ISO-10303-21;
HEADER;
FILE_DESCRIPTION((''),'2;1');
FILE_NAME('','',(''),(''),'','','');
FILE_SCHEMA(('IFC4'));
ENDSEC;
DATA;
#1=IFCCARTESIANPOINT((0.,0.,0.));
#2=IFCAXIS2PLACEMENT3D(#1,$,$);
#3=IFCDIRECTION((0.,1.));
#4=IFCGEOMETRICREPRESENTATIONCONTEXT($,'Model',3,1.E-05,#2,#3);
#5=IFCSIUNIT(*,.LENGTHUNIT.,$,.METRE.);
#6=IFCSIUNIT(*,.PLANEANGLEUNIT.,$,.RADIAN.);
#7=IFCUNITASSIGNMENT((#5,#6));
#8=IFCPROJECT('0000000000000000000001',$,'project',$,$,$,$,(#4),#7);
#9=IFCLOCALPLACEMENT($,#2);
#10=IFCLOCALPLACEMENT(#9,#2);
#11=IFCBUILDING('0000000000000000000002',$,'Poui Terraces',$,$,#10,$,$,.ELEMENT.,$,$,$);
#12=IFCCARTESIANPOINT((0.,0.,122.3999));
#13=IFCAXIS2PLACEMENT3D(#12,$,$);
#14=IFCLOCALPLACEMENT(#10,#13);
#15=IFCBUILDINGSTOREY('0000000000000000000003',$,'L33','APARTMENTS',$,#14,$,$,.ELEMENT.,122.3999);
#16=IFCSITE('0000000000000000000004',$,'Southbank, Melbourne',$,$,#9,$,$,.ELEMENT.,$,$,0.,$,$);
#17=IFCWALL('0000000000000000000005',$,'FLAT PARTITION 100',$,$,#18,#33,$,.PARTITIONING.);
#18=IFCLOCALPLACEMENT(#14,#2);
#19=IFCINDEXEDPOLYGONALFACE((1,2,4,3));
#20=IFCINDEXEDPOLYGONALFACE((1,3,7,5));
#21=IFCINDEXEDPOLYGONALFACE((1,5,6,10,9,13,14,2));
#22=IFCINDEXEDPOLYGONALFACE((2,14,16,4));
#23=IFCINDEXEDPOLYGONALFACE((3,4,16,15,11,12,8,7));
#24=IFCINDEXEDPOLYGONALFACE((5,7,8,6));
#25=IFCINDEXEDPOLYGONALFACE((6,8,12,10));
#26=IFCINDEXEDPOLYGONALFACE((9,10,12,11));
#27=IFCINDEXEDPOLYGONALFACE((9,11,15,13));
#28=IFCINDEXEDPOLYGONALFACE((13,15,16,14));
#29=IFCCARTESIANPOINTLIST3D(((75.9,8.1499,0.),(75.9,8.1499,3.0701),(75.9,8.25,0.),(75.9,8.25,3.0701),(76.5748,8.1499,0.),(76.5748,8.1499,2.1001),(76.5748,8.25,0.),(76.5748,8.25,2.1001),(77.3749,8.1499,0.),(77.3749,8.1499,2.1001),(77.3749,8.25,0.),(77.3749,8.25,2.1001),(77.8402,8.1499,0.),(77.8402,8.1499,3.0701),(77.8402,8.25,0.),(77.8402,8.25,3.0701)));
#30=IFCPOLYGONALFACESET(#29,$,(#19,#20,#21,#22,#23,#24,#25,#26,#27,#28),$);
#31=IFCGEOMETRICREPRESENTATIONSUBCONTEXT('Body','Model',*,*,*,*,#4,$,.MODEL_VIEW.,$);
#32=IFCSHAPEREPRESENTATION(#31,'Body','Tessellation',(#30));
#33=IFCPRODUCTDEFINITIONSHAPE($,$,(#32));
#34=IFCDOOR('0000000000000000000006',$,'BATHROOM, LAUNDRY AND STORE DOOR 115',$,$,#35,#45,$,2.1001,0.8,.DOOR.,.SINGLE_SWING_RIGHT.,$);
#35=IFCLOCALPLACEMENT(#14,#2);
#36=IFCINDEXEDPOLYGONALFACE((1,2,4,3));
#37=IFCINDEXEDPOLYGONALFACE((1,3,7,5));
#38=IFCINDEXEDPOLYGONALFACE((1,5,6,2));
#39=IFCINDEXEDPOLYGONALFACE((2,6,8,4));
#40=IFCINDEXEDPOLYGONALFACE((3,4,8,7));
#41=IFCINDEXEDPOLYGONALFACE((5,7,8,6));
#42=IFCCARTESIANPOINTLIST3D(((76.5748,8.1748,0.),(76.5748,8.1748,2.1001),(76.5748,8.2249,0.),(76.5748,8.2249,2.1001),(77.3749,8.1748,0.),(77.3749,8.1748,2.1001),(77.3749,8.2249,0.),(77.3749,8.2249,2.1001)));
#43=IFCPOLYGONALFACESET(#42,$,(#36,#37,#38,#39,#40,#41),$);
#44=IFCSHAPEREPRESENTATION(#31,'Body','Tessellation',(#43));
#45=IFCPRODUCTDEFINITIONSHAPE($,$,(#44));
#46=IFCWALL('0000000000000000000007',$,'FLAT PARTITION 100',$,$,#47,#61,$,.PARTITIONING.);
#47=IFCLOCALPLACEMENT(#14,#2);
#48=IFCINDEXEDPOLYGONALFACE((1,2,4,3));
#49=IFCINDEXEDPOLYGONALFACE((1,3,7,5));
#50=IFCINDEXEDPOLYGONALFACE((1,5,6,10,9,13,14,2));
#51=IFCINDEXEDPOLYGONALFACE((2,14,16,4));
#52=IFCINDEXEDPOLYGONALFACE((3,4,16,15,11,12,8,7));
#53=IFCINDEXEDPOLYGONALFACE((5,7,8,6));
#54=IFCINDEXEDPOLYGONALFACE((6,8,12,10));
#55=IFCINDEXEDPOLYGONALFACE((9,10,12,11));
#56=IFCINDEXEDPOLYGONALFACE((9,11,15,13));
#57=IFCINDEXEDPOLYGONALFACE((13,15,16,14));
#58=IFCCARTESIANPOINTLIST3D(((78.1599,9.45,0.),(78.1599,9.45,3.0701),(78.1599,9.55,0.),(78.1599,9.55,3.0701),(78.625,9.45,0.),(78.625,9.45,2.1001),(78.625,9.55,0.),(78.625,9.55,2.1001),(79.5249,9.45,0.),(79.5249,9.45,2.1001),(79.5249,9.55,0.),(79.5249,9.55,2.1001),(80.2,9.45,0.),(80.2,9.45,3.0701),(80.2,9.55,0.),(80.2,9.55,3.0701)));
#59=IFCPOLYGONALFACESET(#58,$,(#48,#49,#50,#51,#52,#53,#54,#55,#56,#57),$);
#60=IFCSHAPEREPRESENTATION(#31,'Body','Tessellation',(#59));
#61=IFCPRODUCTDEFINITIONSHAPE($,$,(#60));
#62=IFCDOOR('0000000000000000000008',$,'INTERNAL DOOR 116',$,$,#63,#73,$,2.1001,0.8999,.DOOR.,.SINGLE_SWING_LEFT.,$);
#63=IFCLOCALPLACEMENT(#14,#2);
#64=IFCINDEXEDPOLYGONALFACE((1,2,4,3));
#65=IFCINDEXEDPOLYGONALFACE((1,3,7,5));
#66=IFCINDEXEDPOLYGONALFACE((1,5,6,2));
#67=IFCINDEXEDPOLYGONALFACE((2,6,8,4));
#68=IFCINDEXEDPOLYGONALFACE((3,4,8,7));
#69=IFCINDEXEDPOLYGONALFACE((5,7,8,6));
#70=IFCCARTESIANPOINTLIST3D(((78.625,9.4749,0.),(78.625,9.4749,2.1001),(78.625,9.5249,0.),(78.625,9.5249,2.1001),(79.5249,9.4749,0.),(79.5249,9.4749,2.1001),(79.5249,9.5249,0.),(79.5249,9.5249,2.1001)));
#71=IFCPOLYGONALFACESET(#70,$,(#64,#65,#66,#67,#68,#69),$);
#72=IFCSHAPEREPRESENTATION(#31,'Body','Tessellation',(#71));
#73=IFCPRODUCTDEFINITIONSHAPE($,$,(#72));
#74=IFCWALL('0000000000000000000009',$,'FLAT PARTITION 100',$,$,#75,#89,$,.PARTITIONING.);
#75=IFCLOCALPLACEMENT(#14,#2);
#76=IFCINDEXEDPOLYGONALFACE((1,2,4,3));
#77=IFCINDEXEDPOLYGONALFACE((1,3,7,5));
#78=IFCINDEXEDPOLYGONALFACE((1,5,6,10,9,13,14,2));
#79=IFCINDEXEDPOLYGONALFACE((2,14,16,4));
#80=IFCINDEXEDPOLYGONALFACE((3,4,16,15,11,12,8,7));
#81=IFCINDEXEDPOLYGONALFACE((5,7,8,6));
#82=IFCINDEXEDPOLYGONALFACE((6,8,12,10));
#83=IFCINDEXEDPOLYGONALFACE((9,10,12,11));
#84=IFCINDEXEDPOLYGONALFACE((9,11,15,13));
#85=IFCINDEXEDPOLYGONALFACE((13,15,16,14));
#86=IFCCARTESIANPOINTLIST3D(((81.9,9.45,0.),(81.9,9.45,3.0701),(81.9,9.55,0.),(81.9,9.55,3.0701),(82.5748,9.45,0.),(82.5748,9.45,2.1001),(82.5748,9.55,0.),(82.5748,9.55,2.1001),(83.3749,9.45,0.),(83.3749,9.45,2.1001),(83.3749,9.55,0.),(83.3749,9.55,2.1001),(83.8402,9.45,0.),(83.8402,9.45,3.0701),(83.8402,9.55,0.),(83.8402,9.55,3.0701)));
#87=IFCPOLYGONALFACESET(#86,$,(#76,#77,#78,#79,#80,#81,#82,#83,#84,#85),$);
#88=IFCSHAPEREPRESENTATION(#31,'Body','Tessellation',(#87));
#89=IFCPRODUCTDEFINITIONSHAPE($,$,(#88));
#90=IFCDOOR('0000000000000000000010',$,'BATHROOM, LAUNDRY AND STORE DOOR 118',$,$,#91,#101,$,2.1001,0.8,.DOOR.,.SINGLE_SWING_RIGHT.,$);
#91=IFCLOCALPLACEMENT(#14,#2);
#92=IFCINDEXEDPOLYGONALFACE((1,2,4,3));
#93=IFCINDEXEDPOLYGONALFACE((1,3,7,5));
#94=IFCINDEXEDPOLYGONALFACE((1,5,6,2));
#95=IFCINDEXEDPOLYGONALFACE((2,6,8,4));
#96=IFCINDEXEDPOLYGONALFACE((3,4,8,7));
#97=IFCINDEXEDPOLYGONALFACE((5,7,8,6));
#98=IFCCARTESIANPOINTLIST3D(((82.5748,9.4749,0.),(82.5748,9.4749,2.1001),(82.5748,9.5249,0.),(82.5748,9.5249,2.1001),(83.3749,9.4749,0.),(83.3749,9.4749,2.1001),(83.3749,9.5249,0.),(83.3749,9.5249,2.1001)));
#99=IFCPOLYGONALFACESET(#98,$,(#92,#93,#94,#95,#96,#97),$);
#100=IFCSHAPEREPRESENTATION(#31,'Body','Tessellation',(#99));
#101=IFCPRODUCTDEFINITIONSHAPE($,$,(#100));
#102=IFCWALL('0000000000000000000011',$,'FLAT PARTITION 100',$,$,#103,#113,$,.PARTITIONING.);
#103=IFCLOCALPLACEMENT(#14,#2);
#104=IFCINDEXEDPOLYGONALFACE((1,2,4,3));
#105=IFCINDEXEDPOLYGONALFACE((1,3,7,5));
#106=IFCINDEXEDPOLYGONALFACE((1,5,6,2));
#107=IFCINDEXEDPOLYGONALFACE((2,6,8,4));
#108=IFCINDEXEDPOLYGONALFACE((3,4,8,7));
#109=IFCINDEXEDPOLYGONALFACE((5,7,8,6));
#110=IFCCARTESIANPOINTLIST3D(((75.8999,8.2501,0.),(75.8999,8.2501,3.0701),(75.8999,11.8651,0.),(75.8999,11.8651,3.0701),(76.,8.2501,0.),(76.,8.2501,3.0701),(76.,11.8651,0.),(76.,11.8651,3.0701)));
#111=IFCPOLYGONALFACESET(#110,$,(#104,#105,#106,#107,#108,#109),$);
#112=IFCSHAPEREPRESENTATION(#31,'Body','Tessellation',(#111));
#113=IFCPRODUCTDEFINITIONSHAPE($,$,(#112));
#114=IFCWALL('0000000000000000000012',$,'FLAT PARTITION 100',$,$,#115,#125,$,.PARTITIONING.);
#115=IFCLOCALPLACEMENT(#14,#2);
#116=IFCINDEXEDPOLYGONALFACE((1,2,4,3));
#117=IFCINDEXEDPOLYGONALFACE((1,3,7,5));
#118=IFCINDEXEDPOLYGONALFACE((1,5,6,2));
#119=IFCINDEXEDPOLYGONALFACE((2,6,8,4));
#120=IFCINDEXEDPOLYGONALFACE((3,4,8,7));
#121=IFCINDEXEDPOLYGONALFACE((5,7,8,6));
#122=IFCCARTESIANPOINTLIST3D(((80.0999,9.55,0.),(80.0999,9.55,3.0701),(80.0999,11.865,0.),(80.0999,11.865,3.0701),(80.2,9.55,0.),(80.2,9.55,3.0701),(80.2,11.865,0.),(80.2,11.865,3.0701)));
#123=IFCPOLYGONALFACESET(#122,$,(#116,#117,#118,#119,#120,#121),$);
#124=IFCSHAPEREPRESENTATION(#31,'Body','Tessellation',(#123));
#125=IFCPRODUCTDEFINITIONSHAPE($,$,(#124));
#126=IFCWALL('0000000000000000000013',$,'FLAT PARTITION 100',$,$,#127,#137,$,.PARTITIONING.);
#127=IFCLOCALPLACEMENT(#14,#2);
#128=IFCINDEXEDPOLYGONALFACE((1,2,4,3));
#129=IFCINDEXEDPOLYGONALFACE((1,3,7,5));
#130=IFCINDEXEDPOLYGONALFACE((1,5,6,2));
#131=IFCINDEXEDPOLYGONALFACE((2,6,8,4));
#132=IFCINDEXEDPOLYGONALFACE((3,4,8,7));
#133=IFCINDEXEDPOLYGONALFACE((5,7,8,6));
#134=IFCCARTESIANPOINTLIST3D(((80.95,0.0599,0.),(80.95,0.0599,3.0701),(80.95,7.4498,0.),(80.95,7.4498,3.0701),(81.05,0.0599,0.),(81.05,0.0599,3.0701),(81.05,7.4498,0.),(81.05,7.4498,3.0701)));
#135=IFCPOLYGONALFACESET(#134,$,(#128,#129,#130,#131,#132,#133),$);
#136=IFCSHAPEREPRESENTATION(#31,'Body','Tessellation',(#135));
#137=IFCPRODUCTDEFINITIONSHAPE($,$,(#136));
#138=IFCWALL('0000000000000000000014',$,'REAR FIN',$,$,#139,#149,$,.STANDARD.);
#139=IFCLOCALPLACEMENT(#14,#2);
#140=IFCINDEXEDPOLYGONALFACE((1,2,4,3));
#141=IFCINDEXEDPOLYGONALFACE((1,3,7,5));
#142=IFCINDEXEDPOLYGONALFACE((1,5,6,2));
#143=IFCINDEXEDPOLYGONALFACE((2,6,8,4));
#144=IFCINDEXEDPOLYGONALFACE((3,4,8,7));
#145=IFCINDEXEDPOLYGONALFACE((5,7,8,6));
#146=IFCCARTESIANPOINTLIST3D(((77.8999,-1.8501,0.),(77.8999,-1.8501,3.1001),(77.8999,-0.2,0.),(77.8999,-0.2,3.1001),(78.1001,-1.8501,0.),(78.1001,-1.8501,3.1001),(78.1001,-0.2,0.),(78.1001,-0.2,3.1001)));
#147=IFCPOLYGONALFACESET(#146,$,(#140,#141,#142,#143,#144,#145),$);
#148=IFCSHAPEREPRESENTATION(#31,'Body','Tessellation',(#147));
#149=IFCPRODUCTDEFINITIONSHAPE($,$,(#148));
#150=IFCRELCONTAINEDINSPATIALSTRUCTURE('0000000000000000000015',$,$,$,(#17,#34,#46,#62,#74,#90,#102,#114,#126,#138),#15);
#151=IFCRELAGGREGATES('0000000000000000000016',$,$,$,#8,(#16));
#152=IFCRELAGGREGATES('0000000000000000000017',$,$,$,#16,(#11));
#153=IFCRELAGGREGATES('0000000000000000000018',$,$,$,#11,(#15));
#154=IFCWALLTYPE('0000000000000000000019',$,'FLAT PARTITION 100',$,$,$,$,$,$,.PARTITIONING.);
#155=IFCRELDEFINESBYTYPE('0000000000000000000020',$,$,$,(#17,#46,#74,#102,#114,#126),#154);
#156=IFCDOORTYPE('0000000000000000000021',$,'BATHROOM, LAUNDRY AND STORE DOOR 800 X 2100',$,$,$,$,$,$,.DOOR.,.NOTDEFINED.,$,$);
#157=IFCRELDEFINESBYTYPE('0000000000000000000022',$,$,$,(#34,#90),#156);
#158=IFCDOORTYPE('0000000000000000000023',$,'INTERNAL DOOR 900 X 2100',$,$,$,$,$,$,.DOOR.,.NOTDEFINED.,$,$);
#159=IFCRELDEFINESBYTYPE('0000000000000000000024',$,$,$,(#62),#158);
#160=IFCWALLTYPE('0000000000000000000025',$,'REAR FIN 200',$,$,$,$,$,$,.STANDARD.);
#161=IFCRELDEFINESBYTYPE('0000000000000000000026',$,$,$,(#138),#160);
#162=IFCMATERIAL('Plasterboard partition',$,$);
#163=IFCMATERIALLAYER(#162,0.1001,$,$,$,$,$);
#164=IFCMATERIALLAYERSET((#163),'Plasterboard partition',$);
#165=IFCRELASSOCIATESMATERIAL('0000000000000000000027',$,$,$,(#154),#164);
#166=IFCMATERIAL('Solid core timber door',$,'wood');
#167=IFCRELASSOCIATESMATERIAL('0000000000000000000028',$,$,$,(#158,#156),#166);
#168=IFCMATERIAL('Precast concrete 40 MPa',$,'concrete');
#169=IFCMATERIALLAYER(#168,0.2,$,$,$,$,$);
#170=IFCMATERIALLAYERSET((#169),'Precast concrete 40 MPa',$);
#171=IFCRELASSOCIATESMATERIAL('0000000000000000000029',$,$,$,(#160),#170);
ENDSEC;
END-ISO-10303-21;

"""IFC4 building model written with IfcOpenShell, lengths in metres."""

from ifc_helpers import new_model, si_unit, direction, frame, frame_2d, origin, place, context, subcontext, project, spatial, polyline, rectangle, outline, extrude, source, transform, mapped, material, layer, layer_set, type_object, element, fill, save


model = new_model("IFC4")

# Units and contexts
model_context = context("Model", 3, precision=1e-05, world=origin(), true_north=direction((0.0, 1.0)))
body_context = subcontext(model_context, "Body", "Model", "MODEL_VIEW")
ifc_project = project(units=[si_unit("LENGTHUNIT", "METRE"), si_unit("PLANEANGLEUNIT", "RADIAN")], contexts=[model_context])

# Site, building, storey
site_placement = place(None, origin())
site = spatial("IfcSite", under=ifc_project, at=site_placement, Name="Southbank, Melbourne", CompositionType="ELEMENT", RefElevation=0.0)
building_placement = place(site_placement, origin())
building = spatial("IfcBuilding", under=site, at=building_placement, Name="Poui Terraces", CompositionType="ELEMENT")
storey_placement = place(building_placement, frame((0.0, 0.0, 122.3999)))
storey = spatial("IfcBuildingStorey", under=building, at=storey_placement, Name="L33", Description="APARTMENTS", CompositionType="ELEMENT", Elevation=122.3999)

# Walls, openings, doors
ifc_material_1 = material(Name="Plasterboard partition")
ifc_layer_1 = layer(ifc_material_1, 0.1001)
ifc_layer_set_1 = layer_set([ifc_layer_1], Name="Plasterboard partition")
wall_type_1 = type_object("IfcWallType", Name="FLAT PARTITION 100", PredefinedType="PARTITIONING", material=ifc_layer_set_1)
ifc_material_2 = material(Name="Solid core timber door", Category="wood")
door_type_1 = type_object("IfcDoorType", Name="INTERNAL DOOR 900 X 2100", OperationType="NOTDEFINED", PredefinedType="DOOR", material=ifc_material_2)
wall_1_placement = place(storey_placement, frame((75.8999, 8.2, 0.0), z_axis=(0.0, 0.0, 1.0), x_axis=(1.0, 0.0, 0.0)))
wall_1 = element("IfcWall", 1, at=wall_1_placement, inside=storey, type_object=wall_type_1, Name="FLAT PARTITION 100", PredefinedType="PARTITIONING", context=body_context, shape_type="SweptSolid", body=[
    extrude(rectangle(XDim=1.9402, YDim=0.1001, at=frame_2d((0.9702, 0.0))), origin(), (0.0, 0.0, 1.0), 3.0701),
])
opening_1_placement = place(wall_1_placement, frame((0.675, 0.0, 0.0)))
opening_1 = element("IfcOpeningElement", 2, at=opening_1_placement, cuts=wall_1, PredefinedType="OPENING", context=body_context, shape_type="SweptSolid", body=[
    extrude(rectangle(XDim=0.8, YDim=2.1001, at=frame_2d((0.3999, 1.05))), frame((0.0, 0.0601, 0.0), z_axis=(0.0, -1.0, 0.0), x_axis=(1.0, 0.0, 0.0)), (0.0, 0.0, 1.0), 0.1201),
])
door_type_2 = type_object("IfcDoorType", Name="BATHROOM, LAUNDRY AND STORE DOOR 800 X 2100", OperationType="NOTDEFINED", PredefinedType="DOOR", material=ifc_material_2)
door_1_placement = place(opening_1_placement, origin())
door_1 = element("IfcDoor", 3, at=door_1_placement, inside=storey, type_object=door_type_2, Name="BATHROOM, LAUNDRY AND STORE DOOR 115", OperationType="SINGLE_SWING_RIGHT", OverallHeight=2.1001, OverallWidth=0.8, PredefinedType="DOOR", context=body_context, shape_type="SweptSolid", body=[
    extrude(rectangle(XDim=0.8, YDim=2.1001, at=frame_2d((0.3999, 1.05))), frame((0.0, 0.0249, 0.0), z_axis=(0.0, -1.0, 0.0), x_axis=(1.0, 0.0, 0.0)), (0.0, 0.0, 1.0), 0.05),
])
fill(opening_1, door_1)
wall_2_placement = place(storey_placement, frame((78.1599, 9.5, 0.0), z_axis=(0.0, 0.0, 1.0), x_axis=(1.0, 0.0, 0.0)))
wall_2 = element("IfcWall", 4, at=wall_2_placement, inside=storey, type_object=wall_type_1, Name="FLAT PARTITION 100", PredefinedType="PARTITIONING", context=body_context, shape_type="SweptSolid", body=[
    extrude(rectangle(XDim=2.04, YDim=0.1001, at=frame_2d((1.02, 0.0))), origin(), (0.0, 0.0, 1.0), 3.0701),
])
opening_2_placement = place(wall_2_placement, frame((0.4651, 0.0, 0.0)))
opening_2 = element("IfcOpeningElement", 5, at=opening_2_placement, cuts=wall_2, PredefinedType="OPENING", context=body_context, shape_type="SweptSolid", body=[
    extrude(rectangle(XDim=0.8999, YDim=2.1001, at=frame_2d((0.45, 1.05))), frame((0.0, 0.0601, 0.0), z_axis=(0.0, -1.0, 0.0), x_axis=(1.0, 0.0, 0.0)), (0.0, 0.0, 1.0), 0.1201),
])
door_2_placement = place(opening_2_placement, origin())
door_2 = element("IfcDoor", 6, at=door_2_placement, inside=storey, type_object=door_type_1, Name="INTERNAL DOOR 116", OperationType="SINGLE_SWING_LEFT", OverallHeight=2.1001, OverallWidth=0.8999, PredefinedType="DOOR", context=body_context, shape_type="SweptSolid", body=[
    extrude(rectangle(XDim=0.8999, YDim=2.1001, at=frame_2d((0.45, 1.05))), frame((0.0, 0.0249, 0.0), z_axis=(0.0, -1.0, 0.0), x_axis=(1.0, 0.0, 0.0)), (0.0, 0.0, 1.0), 0.05),
])
fill(opening_2, door_2)
wall_3_placement = place(storey_placement, frame((81.8999, 9.5, 0.0), z_axis=(0.0, 0.0, 1.0), x_axis=(1.0, 0.0, 0.0)))
wall_3 = element("IfcWall", 7, at=wall_3_placement, inside=storey, type_object=wall_type_1, Name="FLAT PARTITION 100", PredefinedType="PARTITIONING", context=body_context, shape_type="SweptSolid", body=[
    extrude(rectangle(XDim=1.9402, YDim=0.1001, at=frame_2d((0.9702, 0.0))), origin(), (0.0, 0.0, 1.0), 3.0701),
])
opening_3_placement = place(wall_3_placement, frame((0.675, 0.0, 0.0)))
opening_3 = element("IfcOpeningElement", 8, at=opening_3_placement, cuts=wall_3, PredefinedType="OPENING", context=body_context, shape_type="SweptSolid", body=[
    extrude(rectangle(XDim=0.8, YDim=2.1001, at=frame_2d((0.3999, 1.05))), frame((0.0, 0.0601, 0.0), z_axis=(0.0, -1.0, 0.0), x_axis=(1.0, 0.0, 0.0)), (0.0, 0.0, 1.0), 0.1201),
])
door_3_placement = place(opening_3_placement, origin())
door_3 = element("IfcDoor", 9, at=door_3_placement, inside=storey, type_object=door_type_2, Name="BATHROOM, LAUNDRY AND STORE DOOR 118", OperationType="SINGLE_SWING_RIGHT", OverallHeight=2.1001, OverallWidth=0.8, PredefinedType="DOOR", context=body_context, shape_type="SweptSolid", body=[
    extrude(rectangle(XDim=0.8, YDim=2.1001, at=frame_2d((0.3999, 1.05))), frame((0.0, 0.0249, 0.0), z_axis=(0.0, -1.0, 0.0), x_axis=(1.0, 0.0, 0.0)), (0.0, 0.0, 1.0), 0.05),
])
fill(opening_3, door_3)

# Walls
wall_4_placement = place(storey_placement, frame((75.95, 8.25, 0.0), z_axis=(0.0, 0.0, 1.0), x_axis=(0.0, 1.0, 0.0)))
element("IfcWall", 10, at=wall_4_placement, inside=storey, type_object=wall_type_1, Name="FLAT PARTITION 100", PredefinedType="PARTITIONING", context=body_context, shape_type="SweptSolid", body=[
    extrude(rectangle(XDim=3.615, YDim=0.1001, at=frame_2d((1.8076, 0.0))), origin(), (0.0, 0.0, 1.0), 3.0701),
])
wall_5_placement = place(storey_placement, frame((80.1499, 9.55, 0.0), z_axis=(0.0, 0.0, 1.0), x_axis=(0.0, 1.0, 0.0)))
element("IfcWall", 11, at=wall_5_placement, inside=storey, type_object=wall_type_1, Name="FLAT PARTITION 100", PredefinedType="PARTITIONING", context=body_context, shape_type="SweptSolid", body=[
    extrude(rectangle(XDim=2.3149, YDim=0.1001, at=frame_2d((1.1575, 0.0))), origin(), (0.0, 0.0, 1.0), 3.0701),
])
wall_6_placement = place(storey_placement, frame((81.0, 0.0601, 0.0), z_axis=(0.0, 0.0, 1.0), x_axis=(0.0, 1.0, 0.0)))
element("IfcWall", 12, at=wall_6_placement, inside=storey, type_object=wall_type_1, Name="FLAT PARTITION 100", PredefinedType="PARTITIONING", context=body_context, shape_type="SweptSolid", body=[
    extrude(rectangle(XDim=7.3899, YDim=0.1001, at=frame_2d((3.6948, 0.0))), origin(), (0.0, 0.0, 1.0), 3.0701),
])
ifc_material_3 = material(Name="Precast concrete 40 MPa", Category="concrete")
ifc_layer_2 = layer(ifc_material_3, 0.2)
ifc_layer_set_2 = layer_set([ifc_layer_2], Name="Precast concrete 40 MPa")
wall_type_2 = type_object("IfcWallType", Name="REAR FIN 200", PredefinedType="STANDARD", material=ifc_layer_set_2)
shared_shape = source(origin(), body_context, "Body", "SweptSolid", [
    extrude(outline(polyline([(0.0, 0.0), (0.2002, 0.0), (0.2002, 1.6501), (0.0, 1.6501), (0.0, 0.0)])), origin(), (0.0, 0.0, 1.0), 3.1001),
])
wall_7_placement = place(storey_placement, frame((77.8999, -1.8501, 0.0)))
element("IfcWall", 13, at=wall_7_placement, inside=storey, type_object=wall_type_2, Name="REAR FIN", PredefinedType="STANDARD", context=body_context, shape_type="MappedRepresentation", body=[
    mapped(shared_shape, transform((0.0, 0.0, 0.0))),
])

save(model, "model.ifc")
